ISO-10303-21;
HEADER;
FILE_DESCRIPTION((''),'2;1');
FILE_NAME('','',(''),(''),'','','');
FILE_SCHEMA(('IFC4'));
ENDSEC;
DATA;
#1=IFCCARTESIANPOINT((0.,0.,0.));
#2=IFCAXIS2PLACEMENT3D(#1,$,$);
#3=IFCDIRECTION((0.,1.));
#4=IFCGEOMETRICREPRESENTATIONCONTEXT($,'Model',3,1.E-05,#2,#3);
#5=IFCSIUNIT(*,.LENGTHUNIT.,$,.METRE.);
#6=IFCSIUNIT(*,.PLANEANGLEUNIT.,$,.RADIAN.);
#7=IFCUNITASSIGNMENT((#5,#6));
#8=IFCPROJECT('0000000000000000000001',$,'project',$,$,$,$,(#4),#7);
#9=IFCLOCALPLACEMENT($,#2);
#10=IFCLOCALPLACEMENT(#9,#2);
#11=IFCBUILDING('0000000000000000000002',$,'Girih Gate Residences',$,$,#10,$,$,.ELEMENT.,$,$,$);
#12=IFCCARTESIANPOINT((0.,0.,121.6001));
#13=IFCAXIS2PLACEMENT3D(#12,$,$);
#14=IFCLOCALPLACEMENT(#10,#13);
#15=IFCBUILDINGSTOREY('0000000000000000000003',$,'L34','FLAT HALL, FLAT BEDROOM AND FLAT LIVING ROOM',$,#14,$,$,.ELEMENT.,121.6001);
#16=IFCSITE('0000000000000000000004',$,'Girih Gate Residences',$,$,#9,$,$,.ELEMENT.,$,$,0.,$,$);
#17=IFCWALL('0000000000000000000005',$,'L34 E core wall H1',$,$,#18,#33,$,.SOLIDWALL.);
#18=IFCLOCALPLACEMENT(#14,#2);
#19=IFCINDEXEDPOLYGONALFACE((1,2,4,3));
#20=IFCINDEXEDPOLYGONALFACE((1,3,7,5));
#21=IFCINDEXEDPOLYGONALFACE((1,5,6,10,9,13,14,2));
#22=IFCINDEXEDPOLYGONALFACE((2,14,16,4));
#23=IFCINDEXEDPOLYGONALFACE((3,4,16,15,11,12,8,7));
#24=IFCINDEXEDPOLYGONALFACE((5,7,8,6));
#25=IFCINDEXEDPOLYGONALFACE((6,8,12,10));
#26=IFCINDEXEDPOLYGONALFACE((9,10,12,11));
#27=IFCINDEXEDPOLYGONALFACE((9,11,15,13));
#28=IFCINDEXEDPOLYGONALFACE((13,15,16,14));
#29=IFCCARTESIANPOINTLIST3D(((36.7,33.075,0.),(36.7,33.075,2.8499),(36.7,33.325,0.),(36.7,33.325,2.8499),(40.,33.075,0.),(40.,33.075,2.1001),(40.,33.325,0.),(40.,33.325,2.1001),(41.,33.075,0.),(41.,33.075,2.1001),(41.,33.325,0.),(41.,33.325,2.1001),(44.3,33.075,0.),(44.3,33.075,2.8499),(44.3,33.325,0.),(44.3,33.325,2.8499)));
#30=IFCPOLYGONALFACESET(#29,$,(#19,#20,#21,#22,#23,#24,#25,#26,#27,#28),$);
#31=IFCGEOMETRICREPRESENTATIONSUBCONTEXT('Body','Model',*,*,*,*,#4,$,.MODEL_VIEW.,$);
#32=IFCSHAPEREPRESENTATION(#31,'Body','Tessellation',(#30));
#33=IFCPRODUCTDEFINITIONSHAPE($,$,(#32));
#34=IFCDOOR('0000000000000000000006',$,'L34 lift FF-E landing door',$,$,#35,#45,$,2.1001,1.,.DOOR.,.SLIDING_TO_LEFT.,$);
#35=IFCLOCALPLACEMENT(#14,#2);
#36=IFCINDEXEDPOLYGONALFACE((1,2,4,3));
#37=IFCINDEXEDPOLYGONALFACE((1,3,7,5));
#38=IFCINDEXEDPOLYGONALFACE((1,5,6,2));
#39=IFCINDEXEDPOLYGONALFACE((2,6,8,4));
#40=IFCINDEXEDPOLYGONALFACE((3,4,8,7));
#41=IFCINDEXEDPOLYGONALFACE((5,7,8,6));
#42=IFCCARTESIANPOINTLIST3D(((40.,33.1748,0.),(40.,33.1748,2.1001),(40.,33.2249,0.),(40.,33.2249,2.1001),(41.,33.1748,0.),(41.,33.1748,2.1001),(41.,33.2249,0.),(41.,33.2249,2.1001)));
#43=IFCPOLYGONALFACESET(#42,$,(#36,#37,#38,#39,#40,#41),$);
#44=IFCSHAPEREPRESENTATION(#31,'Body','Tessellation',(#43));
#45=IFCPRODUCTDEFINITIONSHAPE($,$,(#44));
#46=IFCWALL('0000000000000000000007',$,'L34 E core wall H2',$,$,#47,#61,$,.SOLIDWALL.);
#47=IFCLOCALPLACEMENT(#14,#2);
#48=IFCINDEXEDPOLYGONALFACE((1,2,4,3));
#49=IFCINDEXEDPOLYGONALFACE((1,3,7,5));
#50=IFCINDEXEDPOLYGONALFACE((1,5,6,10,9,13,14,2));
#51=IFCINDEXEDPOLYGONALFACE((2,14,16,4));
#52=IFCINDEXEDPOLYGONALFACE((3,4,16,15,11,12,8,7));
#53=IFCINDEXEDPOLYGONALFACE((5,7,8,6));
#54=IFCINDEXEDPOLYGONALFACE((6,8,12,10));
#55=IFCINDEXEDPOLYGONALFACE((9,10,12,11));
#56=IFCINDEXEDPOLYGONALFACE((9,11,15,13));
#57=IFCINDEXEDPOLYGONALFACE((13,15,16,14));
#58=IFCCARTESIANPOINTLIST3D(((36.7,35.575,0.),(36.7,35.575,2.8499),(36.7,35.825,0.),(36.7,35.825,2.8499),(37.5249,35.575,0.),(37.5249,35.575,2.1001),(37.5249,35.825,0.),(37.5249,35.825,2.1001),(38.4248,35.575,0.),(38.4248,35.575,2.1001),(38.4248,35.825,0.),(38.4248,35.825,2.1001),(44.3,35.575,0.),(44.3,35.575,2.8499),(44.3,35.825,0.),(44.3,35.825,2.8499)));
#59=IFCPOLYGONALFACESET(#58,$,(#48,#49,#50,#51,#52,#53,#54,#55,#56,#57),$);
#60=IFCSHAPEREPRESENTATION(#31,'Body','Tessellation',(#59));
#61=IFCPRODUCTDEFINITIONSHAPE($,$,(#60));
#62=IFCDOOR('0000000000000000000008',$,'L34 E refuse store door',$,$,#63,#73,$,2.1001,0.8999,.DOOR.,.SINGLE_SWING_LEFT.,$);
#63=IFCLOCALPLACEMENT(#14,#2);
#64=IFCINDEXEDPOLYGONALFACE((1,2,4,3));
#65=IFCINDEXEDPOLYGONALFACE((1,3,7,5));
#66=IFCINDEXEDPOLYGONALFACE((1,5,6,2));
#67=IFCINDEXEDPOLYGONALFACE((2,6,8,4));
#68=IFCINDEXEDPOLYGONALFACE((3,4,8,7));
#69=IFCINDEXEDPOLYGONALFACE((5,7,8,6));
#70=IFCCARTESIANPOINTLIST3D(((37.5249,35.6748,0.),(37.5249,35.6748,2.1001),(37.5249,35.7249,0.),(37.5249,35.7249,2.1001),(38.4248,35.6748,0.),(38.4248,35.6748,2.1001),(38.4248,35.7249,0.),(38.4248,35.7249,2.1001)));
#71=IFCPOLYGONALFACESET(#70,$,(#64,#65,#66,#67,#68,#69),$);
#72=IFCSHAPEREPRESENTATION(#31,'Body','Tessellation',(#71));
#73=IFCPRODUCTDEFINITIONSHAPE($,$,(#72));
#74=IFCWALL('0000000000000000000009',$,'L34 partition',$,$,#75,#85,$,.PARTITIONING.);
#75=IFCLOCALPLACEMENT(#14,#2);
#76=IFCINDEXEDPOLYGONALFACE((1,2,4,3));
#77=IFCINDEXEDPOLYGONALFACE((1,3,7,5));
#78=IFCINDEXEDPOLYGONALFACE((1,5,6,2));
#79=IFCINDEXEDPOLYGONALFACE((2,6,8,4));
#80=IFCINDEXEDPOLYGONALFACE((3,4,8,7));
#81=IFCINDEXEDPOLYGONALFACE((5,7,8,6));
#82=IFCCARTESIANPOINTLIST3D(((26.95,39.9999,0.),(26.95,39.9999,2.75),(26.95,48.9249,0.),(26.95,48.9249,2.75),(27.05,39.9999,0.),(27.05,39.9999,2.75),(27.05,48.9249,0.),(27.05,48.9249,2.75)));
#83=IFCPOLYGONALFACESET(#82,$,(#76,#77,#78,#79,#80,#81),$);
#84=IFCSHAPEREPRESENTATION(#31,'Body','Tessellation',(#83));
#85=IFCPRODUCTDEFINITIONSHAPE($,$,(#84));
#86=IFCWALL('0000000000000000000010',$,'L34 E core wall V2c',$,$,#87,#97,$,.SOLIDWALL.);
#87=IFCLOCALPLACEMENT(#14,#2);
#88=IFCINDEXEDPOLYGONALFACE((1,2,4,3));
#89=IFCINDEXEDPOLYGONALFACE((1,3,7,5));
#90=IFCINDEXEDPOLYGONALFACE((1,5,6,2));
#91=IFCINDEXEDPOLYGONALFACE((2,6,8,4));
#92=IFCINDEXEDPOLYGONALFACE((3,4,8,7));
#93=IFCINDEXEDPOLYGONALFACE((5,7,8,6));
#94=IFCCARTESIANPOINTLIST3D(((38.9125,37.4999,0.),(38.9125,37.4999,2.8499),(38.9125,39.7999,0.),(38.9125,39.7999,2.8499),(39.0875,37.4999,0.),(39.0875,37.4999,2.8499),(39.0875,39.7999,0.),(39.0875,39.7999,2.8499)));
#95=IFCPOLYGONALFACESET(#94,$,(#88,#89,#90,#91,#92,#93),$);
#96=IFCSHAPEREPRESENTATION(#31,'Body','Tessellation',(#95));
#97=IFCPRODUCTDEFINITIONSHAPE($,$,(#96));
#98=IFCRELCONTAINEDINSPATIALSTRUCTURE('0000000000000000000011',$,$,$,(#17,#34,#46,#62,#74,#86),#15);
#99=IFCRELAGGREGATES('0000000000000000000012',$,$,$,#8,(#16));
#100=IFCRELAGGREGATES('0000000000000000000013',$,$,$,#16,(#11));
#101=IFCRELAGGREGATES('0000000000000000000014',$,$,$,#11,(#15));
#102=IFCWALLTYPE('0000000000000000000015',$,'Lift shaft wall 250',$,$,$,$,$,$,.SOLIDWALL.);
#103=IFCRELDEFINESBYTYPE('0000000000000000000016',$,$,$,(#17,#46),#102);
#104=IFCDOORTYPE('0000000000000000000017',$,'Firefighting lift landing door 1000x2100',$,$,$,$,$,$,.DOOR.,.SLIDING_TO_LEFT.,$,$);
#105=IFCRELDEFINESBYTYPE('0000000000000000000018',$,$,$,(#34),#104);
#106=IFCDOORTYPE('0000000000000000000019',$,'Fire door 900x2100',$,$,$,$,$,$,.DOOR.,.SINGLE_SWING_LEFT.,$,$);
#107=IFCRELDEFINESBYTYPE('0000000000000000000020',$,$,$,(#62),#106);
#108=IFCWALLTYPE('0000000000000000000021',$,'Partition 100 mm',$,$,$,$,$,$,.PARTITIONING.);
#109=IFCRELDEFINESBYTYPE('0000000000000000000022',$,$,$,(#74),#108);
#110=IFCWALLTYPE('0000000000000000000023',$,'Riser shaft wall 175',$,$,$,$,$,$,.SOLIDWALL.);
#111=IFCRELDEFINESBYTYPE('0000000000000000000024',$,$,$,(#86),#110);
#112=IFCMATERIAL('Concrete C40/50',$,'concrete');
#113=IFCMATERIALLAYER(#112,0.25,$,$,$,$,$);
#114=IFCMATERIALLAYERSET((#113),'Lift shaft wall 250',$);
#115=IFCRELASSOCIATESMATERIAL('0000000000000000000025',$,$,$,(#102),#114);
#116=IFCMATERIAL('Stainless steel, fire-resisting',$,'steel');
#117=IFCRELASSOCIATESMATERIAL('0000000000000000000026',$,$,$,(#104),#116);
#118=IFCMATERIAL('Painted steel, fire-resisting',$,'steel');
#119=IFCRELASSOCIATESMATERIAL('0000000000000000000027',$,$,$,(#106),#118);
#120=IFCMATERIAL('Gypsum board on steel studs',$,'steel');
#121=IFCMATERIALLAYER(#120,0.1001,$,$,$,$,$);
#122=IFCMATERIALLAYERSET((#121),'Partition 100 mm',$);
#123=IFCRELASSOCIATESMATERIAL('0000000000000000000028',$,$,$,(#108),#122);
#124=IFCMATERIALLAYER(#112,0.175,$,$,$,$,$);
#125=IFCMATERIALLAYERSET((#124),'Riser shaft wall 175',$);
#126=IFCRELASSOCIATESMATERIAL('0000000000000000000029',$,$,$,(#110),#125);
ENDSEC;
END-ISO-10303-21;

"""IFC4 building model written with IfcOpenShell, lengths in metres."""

from ifc_helpers import new_model, si_unit, direction, frame, frame_2d, origin, place, context, subcontext, project, spatial, rectangle, extrude, material, layer, layer_set, type_object, element, fill, save


model = new_model("IFC4")

# Units and contexts
model_context = context("Model", 3, precision=1e-05, world=origin(), true_north=direction((0.0, 1.0)))
body_context = subcontext(model_context, "Body", "Model", "MODEL_VIEW")
ifc_project = project(units=[si_unit("LENGTHUNIT", "METRE"), si_unit("PLANEANGLEUNIT", "RADIAN")], contexts=[model_context])

# Site, building, storey
site_placement = place(None, origin())
site = spatial("IfcSite", under=ifc_project, at=site_placement, Name="Girih Gate Residences", CompositionType="ELEMENT", RefElevation=0.0)
building_placement = place(site_placement, origin())
building = spatial("IfcBuilding", under=site, at=building_placement, Name="Girih Gate Residences", CompositionType="ELEMENT")
storey_placement = place(building_placement, frame((0.0, 0.0, 121.6001)))
storey = spatial("IfcBuildingStorey", under=building, at=storey_placement, Name="L34", Description="FLAT HALL, FLAT BEDROOM AND FLAT LIVING ROOM", CompositionType="ELEMENT", Elevation=121.6001)

# Shared definitions
ifc_material_1 = material(Name="Gypsum board on steel studs", Category="steel")

# Walls, openings, doors
ifc_material_2 = material(Name="Concrete C40/50", Category="concrete")
ifc_layer_1 = layer(ifc_material_2, 0.25)
ifc_layer_set_1 = layer_set([ifc_layer_1], Name="Lift shaft wall 250")
wall_type_1 = type_object("IfcWallType", Name="Lift shaft wall 250", PredefinedType="SOLIDWALL", material=ifc_layer_set_1)
wall_1_placement = place(storey_placement, frame((36.7, 33.2, 0.0), z_axis=(0.0, 0.0, 1.0), x_axis=(1.0, 0.0, 0.0)))
wall_1 = element("IfcWall", 1, at=wall_1_placement, inside=storey, type_object=wall_type_1, Name="L34 E core wall H1", PredefinedType="SOLIDWALL", context=body_context, shape_type="SweptSolid", body=[
    extrude(rectangle(XDim=7.6001, YDim=0.25, at=frame_2d((3.8, 0.0))), origin(), (0.0, 0.0, 1.0), 2.8499),
])
opening_1_placement = place(wall_1_placement, frame((3.3, 0.0, 0.0)))
opening_1 = element("IfcOpeningElement", 2, at=opening_1_placement, cuts=wall_1, PredefinedType="OPENING", context=body_context, shape_type="SweptSolid", body=[
    extrude(rectangle(XDim=1.0, YDim=2.1001, at=frame_2d((0.5, 1.05))), frame((0.0, 0.135, 0.0), z_axis=(0.0, -1.0, 0.0), x_axis=(1.0, 0.0, 0.0)), (0.0, 0.0, 1.0), 0.27),
])
ifc_material_3 = material(Name="Stainless steel, fire-resisting", Category="steel")
door_type_1 = type_object("IfcDoorType", Name="Firefighting lift landing door 1000x2100", OperationType="SLIDING_TO_LEFT", PredefinedType="DOOR", material=ifc_material_3)
door_1_placement = place(opening_1_placement, origin())
door_1 = element("IfcDoor", 3, at=door_1_placement, inside=storey, type_object=door_type_1, Name="L34 lift FF-E landing door", OperationType="SLIDING_TO_LEFT", OverallHeight=2.1001, OverallWidth=1.0, PredefinedType="DOOR", context=body_context, shape_type="SweptSolid", body=[
    extrude(rectangle(XDim=1.0, YDim=2.1001, at=frame_2d((0.5, 1.05))), frame((0.0, 0.0249, 0.0), z_axis=(0.0, -1.0, 0.0), x_axis=(1.0, 0.0, 0.0)), (0.0, 0.0, 1.0), 0.05),
])
fill(opening_1, door_1)
wall_2_placement = place(storey_placement, frame((36.7, 35.7, 0.0), z_axis=(0.0, 0.0, 1.0), x_axis=(1.0, 0.0, 0.0)))
wall_2 = element("IfcWall", 4, at=wall_2_placement, inside=storey, type_object=wall_type_1, Name="L34 E core wall H2", PredefinedType="SOLIDWALL", context=body_context, shape_type="SweptSolid", body=[
    extrude(rectangle(XDim=7.6001, YDim=0.25, at=frame_2d((3.8, 0.0))), origin(), (0.0, 0.0, 1.0), 2.8499),
])
opening_2_placement = place(wall_2_placement, frame((0.825, 0.0, 0.0)))
opening_2 = element("IfcOpeningElement", 5, at=opening_2_placement, cuts=wall_2, PredefinedType="OPENING", context=body_context, shape_type="SweptSolid", body=[
    extrude(rectangle(XDim=0.8999, YDim=2.1001, at=frame_2d((0.45, 1.05))), frame((0.0, 0.135, 0.0), z_axis=(0.0, -1.0, 0.0), x_axis=(1.0, 0.0, 0.0)), (0.0, 0.0, 1.0), 0.27),
])
ifc_material_4 = material(Name="Painted steel, fire-resisting", Category="steel")
door_type_2 = type_object("IfcDoorType", Name="Fire door 900x2100", OperationType="SINGLE_SWING_LEFT", PredefinedType="DOOR", material=ifc_material_4)
door_2_placement = place(opening_2_placement, origin())
door_2 = element("IfcDoor", 6, at=door_2_placement, inside=storey, type_object=door_type_2, Name="L34 E refuse store door", OperationType="SINGLE_SWING_LEFT", OverallHeight=2.1001, OverallWidth=0.8999, PredefinedType="DOOR", context=body_context, shape_type="SweptSolid", body=[
    extrude(rectangle(XDim=0.8999, YDim=2.1001, at=frame_2d((0.45, 1.05))), frame((0.0, 0.0249, 0.0), z_axis=(0.0, -1.0, 0.0), x_axis=(1.0, 0.0, 0.0)), (0.0, 0.0, 1.0), 0.05),
])
fill(opening_2, door_2)

# Walls
ifc_layer_2 = layer(ifc_material_1, 0.1001)
ifc_layer_set_2 = layer_set([ifc_layer_2], Name="Partition 100 mm")
wall_type_2 = type_object("IfcWallType", Name="Partition 100 mm", PredefinedType="PARTITIONING", material=ifc_layer_set_2)
wall_3_placement = place(storey_placement, frame((27.0, 40.0, 0.0), z_axis=(0.0, 0.0, 1.0), x_axis=(0.0, 1.0, 0.0)))
element("IfcWall", 7, at=wall_3_placement, inside=storey, type_object=wall_type_2, Name="L34 partition", PredefinedType="PARTITIONING", context=body_context, shape_type="SweptSolid", body=[
    extrude(rectangle(XDim=8.925, YDim=0.1001, at=frame_2d((4.4624, 0.0))), origin(), (0.0, 0.0, 1.0), 2.75),
])
ifc_layer_3 = layer(ifc_material_2, 0.175)
ifc_layer_set_3 = layer_set([ifc_layer_3], Name="Riser shaft wall 175")
wall_type_3 = type_object("IfcWallType", Name="Riser shaft wall 175", PredefinedType="SOLIDWALL", material=ifc_layer_set_3)
wall_4_placement = place(storey_placement, frame((39.0, 37.5, 0.0), z_axis=(0.0, 0.0, 1.0), x_axis=(0.0, 1.0, 0.0)))
element("IfcWall", 8, at=wall_4_placement, inside=storey, type_object=wall_type_3, Name="L34 E core wall V2c", PredefinedType="SOLIDWALL", context=body_context, shape_type="SweptSolid", body=[
    extrude(rectangle(XDim=2.3, YDim=0.175, at=frame_2d((1.1499, 0.0))), origin(), (0.0, 0.0, 1.0), 2.8499),
])

save(model, "model.ifc")
